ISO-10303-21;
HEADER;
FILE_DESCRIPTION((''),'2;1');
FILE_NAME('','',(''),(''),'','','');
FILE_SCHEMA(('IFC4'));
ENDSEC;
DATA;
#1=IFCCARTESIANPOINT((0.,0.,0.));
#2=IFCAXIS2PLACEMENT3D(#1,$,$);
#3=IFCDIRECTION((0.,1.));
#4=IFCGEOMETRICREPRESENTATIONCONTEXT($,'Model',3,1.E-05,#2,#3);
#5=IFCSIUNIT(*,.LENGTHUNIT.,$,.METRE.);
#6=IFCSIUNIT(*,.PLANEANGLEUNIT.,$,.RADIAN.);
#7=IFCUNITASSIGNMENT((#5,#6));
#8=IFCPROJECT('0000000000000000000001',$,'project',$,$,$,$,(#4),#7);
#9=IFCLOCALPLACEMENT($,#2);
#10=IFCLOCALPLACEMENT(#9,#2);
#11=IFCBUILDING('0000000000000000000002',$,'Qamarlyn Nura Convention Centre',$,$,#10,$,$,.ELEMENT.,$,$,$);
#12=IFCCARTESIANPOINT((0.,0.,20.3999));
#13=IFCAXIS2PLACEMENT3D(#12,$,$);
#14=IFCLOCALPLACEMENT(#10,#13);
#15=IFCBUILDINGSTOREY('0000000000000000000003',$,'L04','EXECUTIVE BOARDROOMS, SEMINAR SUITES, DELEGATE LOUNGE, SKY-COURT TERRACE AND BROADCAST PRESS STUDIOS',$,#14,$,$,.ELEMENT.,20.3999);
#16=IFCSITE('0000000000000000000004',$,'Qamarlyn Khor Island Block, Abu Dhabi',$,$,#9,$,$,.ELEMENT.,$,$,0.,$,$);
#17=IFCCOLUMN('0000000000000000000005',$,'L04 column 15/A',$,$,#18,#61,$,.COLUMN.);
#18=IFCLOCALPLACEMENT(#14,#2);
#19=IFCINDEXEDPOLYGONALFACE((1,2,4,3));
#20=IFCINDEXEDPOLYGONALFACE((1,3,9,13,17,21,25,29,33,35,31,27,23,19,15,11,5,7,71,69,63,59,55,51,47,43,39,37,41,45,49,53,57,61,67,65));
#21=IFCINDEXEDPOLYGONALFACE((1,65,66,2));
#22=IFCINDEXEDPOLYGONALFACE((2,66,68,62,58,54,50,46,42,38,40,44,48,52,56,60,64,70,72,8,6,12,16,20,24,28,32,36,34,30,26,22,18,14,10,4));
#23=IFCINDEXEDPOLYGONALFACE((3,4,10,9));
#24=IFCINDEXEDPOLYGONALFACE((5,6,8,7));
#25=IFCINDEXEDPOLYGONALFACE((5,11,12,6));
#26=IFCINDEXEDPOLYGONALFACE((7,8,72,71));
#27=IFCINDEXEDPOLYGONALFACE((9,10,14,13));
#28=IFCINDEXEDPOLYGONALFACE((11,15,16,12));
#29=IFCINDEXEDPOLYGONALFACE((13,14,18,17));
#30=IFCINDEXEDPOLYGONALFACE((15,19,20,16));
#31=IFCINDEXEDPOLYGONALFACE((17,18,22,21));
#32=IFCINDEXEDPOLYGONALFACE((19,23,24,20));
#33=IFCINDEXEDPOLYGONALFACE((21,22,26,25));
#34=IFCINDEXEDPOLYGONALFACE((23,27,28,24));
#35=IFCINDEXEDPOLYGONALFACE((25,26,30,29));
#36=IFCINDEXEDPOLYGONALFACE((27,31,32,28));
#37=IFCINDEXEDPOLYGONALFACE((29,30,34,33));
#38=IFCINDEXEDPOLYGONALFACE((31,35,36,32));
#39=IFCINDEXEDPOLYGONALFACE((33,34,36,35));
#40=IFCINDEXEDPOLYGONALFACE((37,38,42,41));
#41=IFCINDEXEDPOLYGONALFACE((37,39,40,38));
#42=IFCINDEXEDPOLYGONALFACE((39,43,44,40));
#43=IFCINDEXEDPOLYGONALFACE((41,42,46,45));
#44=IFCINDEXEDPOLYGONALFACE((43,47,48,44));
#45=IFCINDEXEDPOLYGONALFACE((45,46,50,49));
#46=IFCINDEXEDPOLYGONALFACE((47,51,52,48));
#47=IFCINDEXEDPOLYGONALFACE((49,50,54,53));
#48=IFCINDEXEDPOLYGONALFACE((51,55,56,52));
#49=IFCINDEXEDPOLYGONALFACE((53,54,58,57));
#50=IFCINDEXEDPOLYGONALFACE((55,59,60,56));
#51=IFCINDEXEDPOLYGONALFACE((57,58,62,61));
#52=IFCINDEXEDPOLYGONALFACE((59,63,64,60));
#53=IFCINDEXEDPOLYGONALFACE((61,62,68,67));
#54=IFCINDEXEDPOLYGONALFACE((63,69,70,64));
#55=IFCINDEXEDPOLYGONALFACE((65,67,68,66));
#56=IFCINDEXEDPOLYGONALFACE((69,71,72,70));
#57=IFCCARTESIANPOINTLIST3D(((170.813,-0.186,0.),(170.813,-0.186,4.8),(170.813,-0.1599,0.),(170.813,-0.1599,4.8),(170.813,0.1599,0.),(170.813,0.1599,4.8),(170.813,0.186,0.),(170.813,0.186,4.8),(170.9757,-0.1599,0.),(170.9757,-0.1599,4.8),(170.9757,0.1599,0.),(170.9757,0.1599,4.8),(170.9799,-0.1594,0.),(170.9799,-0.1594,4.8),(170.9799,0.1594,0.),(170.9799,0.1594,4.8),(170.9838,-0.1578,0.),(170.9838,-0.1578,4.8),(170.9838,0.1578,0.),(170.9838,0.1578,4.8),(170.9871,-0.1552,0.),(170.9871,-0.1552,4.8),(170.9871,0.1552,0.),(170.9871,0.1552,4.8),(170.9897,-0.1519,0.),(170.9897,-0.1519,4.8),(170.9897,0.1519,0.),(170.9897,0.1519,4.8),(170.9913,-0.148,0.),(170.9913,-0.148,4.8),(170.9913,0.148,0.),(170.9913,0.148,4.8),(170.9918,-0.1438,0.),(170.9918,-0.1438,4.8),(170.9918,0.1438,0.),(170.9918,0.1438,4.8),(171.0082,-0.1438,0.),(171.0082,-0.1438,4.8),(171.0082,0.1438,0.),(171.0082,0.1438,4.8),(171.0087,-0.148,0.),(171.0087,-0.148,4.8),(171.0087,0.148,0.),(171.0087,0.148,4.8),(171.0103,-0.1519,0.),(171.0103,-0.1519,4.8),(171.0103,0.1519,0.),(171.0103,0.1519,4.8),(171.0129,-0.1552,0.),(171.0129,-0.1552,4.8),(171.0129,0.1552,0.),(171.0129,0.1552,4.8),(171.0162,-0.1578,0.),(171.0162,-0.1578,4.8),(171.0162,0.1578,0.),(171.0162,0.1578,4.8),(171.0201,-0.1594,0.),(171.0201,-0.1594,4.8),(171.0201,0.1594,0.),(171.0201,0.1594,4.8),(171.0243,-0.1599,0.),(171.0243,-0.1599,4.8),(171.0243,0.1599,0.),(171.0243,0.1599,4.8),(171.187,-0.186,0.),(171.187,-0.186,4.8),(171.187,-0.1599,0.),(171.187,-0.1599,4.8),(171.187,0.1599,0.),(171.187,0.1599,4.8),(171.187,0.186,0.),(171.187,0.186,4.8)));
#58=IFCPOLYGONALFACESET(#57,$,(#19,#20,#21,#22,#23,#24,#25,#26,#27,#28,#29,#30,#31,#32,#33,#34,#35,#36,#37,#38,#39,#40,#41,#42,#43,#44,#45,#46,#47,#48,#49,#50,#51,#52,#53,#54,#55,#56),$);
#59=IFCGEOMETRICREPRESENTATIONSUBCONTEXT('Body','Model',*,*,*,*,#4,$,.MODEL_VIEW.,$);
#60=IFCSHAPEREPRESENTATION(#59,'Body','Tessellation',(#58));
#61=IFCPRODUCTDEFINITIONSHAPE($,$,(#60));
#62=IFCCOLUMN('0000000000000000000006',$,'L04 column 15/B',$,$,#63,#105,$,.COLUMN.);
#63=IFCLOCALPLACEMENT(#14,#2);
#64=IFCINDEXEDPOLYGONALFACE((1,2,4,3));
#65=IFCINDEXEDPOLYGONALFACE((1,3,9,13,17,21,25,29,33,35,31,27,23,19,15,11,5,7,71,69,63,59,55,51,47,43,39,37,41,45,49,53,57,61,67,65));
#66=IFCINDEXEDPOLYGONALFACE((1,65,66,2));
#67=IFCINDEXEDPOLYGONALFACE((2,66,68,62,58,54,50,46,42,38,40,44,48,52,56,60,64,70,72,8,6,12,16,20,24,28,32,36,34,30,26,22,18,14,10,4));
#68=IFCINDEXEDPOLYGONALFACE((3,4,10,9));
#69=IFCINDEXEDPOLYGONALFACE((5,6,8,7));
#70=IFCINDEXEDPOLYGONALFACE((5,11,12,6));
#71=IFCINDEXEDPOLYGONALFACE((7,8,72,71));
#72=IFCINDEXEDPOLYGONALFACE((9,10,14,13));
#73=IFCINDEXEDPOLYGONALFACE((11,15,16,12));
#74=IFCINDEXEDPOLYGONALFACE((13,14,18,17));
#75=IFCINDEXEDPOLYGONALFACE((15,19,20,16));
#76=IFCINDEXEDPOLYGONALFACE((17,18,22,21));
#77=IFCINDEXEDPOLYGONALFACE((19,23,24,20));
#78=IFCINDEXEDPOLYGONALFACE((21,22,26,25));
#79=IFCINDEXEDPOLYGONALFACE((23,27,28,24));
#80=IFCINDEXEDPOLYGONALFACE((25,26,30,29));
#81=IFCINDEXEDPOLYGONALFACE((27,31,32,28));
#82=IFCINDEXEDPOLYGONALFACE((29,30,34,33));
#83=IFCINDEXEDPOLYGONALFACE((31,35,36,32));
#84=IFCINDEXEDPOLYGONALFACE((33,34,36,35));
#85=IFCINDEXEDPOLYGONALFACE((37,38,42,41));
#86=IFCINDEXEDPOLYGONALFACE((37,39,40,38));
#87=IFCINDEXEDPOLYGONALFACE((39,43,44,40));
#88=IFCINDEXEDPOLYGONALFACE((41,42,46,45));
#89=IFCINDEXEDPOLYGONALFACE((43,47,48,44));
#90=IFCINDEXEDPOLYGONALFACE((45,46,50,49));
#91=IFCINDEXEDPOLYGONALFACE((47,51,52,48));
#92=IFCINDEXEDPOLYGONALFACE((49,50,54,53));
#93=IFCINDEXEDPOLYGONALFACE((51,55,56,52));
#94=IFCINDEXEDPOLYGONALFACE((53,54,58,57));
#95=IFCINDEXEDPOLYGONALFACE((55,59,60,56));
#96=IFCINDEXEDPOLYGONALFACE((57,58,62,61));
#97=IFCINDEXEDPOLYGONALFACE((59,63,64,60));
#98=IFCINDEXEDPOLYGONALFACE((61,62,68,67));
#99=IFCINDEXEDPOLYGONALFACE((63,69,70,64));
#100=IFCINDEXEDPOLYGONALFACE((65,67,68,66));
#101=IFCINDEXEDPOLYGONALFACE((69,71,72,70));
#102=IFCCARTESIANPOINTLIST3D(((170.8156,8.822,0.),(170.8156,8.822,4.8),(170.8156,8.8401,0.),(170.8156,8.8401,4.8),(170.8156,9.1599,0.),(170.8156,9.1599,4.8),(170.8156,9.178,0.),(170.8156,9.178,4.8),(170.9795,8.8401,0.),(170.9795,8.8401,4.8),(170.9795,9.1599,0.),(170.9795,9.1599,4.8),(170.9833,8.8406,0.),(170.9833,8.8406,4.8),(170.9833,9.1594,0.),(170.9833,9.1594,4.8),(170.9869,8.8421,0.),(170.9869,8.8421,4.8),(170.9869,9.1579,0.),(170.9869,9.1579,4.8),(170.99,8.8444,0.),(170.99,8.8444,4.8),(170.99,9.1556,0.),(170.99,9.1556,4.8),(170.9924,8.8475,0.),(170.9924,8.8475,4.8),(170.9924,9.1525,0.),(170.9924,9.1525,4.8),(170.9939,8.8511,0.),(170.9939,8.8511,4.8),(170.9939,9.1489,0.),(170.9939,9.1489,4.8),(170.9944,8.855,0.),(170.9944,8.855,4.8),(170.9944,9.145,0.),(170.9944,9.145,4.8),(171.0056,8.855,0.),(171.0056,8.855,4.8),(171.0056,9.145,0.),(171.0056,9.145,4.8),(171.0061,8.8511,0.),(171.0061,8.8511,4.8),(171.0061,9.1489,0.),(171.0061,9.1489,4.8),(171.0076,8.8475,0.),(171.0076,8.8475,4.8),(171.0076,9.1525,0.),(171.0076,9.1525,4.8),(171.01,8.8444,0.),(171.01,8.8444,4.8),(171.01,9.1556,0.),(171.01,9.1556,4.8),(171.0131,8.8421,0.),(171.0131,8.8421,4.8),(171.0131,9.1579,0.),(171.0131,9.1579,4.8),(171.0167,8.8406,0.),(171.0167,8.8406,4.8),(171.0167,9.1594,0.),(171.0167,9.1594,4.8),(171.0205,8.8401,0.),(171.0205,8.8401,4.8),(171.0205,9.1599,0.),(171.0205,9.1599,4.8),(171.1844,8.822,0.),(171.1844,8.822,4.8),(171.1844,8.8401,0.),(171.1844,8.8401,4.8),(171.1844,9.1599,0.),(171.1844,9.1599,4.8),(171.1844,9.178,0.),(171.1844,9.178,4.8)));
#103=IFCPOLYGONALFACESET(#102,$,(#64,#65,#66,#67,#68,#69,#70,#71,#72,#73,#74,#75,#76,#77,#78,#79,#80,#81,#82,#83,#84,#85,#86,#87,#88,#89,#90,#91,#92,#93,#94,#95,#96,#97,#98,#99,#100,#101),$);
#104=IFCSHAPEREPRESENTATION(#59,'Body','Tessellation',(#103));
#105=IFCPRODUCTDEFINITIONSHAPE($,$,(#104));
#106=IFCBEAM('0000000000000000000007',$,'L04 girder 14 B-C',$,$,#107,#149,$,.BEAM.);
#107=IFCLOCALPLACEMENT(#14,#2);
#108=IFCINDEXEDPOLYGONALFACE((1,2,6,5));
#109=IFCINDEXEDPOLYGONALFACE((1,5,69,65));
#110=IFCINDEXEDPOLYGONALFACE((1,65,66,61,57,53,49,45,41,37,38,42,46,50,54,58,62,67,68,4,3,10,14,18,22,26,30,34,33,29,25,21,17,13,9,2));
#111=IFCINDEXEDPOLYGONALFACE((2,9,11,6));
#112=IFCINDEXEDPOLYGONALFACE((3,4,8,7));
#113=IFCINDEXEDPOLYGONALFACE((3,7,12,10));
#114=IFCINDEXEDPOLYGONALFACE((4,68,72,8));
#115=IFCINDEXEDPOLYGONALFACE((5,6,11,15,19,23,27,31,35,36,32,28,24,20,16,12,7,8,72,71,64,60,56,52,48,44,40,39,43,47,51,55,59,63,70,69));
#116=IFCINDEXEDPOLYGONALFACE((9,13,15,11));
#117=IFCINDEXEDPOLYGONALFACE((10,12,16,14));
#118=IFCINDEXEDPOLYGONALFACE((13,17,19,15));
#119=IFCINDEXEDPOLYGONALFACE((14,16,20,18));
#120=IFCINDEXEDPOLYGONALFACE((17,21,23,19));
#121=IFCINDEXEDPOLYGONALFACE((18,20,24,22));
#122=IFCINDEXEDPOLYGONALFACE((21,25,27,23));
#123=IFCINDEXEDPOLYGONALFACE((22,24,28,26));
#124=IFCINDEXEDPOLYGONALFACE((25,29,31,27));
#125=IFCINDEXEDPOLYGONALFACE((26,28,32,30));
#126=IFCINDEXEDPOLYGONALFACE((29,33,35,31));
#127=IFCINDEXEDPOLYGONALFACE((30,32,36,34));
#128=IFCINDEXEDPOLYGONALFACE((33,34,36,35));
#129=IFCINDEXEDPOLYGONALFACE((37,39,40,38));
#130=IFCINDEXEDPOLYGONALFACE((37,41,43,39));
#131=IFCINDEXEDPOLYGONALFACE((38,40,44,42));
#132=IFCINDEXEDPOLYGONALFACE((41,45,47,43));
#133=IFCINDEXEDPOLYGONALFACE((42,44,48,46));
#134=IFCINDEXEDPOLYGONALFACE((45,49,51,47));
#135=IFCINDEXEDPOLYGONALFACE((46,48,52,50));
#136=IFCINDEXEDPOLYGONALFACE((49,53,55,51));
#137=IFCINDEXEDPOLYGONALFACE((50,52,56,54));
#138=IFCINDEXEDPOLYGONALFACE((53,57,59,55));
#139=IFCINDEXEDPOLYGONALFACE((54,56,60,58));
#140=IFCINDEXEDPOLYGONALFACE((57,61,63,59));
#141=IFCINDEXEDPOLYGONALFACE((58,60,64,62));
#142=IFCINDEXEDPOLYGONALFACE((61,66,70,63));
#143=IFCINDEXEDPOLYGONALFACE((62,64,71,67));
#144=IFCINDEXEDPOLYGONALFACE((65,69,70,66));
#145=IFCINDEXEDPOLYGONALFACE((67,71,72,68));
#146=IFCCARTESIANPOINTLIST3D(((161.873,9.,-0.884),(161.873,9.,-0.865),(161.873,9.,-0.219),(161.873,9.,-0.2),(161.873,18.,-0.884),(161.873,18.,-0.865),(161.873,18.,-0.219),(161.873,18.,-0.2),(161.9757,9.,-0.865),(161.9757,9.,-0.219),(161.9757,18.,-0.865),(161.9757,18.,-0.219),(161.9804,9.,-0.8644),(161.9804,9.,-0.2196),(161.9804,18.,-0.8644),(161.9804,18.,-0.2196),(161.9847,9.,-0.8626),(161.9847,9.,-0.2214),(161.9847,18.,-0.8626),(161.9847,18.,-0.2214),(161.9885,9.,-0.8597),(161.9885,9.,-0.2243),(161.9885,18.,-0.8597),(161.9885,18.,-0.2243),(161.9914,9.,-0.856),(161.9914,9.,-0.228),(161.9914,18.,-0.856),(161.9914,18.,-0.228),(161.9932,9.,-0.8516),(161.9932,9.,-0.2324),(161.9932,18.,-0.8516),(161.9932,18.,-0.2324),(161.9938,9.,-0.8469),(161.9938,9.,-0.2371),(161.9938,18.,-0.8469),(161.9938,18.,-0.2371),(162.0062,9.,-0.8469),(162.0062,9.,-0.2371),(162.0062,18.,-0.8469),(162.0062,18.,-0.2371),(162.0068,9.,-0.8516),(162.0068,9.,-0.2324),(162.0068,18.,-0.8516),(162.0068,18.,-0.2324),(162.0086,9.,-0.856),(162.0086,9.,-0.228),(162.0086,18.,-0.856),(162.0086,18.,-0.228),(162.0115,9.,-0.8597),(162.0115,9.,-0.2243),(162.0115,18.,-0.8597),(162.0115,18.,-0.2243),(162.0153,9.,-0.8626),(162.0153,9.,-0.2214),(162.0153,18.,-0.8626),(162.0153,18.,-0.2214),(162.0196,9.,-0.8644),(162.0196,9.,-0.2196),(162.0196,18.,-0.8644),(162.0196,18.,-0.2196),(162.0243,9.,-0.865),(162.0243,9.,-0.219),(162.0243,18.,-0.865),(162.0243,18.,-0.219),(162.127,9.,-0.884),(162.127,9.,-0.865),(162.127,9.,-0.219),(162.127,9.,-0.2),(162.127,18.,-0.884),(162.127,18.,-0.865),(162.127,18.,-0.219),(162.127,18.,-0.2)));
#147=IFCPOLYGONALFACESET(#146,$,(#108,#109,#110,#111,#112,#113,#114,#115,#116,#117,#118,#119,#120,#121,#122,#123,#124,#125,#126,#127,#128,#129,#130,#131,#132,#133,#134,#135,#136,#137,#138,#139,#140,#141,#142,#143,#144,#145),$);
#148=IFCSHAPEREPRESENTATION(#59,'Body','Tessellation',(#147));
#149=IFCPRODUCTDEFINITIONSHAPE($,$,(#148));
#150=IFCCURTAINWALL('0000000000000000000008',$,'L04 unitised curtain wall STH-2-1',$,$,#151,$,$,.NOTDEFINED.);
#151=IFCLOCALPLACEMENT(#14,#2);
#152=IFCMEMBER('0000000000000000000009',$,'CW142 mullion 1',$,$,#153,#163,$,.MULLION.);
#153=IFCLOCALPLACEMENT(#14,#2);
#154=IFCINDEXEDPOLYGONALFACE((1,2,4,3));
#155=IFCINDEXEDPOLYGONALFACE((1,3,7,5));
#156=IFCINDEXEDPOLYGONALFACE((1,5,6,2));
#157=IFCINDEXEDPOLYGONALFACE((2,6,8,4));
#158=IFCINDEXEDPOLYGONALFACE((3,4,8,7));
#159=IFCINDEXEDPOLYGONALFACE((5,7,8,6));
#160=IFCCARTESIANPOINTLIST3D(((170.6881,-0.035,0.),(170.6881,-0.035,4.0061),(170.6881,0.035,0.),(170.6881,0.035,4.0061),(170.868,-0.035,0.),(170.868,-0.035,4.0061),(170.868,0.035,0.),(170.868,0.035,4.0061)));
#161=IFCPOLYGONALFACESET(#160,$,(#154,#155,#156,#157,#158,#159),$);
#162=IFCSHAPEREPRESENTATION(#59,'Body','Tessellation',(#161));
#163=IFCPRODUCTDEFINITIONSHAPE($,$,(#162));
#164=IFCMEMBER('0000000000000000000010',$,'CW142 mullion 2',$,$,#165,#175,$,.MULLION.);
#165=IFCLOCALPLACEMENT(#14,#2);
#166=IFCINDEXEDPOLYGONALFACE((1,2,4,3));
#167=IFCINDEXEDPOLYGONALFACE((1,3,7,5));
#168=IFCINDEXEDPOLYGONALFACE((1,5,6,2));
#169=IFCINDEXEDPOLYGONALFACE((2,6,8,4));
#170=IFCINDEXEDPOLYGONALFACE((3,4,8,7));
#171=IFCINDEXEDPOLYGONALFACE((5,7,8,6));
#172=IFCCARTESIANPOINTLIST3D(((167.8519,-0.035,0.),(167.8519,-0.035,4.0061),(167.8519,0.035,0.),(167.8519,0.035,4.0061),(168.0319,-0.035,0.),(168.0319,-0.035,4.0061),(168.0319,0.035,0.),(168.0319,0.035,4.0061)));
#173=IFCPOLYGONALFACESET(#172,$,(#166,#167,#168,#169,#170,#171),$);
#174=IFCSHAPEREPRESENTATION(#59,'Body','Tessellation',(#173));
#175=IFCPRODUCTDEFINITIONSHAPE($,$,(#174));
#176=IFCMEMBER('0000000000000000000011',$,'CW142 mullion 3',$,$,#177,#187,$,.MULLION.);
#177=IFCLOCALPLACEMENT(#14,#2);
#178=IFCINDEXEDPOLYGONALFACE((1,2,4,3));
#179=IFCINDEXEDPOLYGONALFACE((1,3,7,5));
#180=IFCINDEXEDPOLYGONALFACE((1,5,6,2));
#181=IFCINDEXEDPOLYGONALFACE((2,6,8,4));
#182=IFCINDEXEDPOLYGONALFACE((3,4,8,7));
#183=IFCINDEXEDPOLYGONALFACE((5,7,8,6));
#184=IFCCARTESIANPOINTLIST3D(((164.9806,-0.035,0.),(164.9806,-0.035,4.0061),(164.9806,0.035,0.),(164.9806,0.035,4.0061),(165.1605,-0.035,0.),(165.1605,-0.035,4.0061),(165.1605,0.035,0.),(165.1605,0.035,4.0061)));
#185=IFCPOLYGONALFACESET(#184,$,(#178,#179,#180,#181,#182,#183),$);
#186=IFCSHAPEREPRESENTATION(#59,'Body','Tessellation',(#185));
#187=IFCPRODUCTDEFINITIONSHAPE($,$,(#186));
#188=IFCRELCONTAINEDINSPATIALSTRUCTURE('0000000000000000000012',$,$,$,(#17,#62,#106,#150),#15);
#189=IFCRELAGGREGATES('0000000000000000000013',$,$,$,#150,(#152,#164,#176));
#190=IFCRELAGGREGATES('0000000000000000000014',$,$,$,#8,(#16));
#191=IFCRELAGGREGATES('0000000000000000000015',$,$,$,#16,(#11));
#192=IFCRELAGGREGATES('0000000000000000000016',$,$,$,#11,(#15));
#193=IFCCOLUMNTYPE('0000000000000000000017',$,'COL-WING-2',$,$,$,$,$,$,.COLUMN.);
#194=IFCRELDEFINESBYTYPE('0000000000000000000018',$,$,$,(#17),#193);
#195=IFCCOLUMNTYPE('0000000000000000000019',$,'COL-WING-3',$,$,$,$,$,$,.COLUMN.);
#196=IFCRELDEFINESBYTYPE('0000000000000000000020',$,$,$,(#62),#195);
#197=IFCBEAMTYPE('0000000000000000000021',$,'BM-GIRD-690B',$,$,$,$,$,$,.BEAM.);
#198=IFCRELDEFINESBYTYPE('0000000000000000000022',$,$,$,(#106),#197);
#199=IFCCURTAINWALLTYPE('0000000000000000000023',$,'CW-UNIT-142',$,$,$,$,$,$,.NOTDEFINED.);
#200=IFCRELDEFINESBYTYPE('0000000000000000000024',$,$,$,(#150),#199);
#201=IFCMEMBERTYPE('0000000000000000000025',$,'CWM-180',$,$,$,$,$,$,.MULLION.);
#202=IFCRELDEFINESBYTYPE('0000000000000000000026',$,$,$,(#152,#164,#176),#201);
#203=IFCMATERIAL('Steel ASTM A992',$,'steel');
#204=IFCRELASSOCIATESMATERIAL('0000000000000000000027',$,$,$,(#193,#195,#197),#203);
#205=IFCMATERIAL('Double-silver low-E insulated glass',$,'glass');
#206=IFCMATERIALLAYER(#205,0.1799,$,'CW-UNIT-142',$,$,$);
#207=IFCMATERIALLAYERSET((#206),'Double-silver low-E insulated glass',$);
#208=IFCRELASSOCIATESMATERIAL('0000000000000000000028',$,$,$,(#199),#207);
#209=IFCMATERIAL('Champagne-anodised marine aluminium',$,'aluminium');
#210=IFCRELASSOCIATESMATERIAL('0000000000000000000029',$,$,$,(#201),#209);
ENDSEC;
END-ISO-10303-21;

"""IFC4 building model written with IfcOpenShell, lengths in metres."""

from ifc_helpers import new_model, si_unit, direction, frame, origin, origin_2d, place, context, subcontext, project, spatial, rectangle, i_section, extrude, material, layer, layer_set, material_profile, profile_set, type_object, element, aggregate, save


model = new_model("IFC4")

# Units and contexts
model_context = context("Model", 3, precision=1e-05, world=origin(), true_north=direction((0.0, 1.0)))
body_context = subcontext(model_context, "Body", "Model", "MODEL_VIEW")
ifc_project = project(units=[si_unit("LENGTHUNIT", "METRE"), si_unit("PLANEANGLEUNIT", "RADIAN")], contexts=[model_context])

# Site, building, storey
site_placement = place(None, origin())
site = spatial("IfcSite", under=ifc_project, at=site_placement, Name="Qamarlyn Khor Island Block, Abu Dhabi", CompositionType="ELEMENT", RefElevation=0.0)
building_placement = place(site_placement, origin())
building = spatial("IfcBuilding", under=site, at=building_placement, Name="Qamarlyn Nura Convention Centre", CompositionType="ELEMENT")
storey_placement = place(building_placement, frame((0.0, 0.0, 20.3999)))
storey = spatial("IfcBuildingStorey", under=building, at=storey_placement, Name="L04", Description="EXECUTIVE BOARDROOMS, SEMINAR SUITES, DELEGATE LOUNGE, SKY-COURT TERRACE AND BROADCAST PRESS STUDIOS", CompositionType="ELEMENT", Elevation=20.3999)

# Columns
ifc_material_1 = material(Name="Steel ASTM A992", Category="steel")
ifc_material_profile_1 = material_profile(ifc_material_1, i_section(OverallWidth=0.374, OverallDepth=0.3721, WebThickness=0.0164, FlangeThickness=0.0261, FilletRadius=0.0161, at=origin_2d()), Name="W360X196")
ifc_profile_set_1 = profile_set([ifc_material_profile_1], Name="Steel ASTM A992")
column_type_1 = type_object("IfcColumnType", Name="COL-WING-2", PredefinedType="COLUMN", material=ifc_profile_set_1)
column_1_placement = place(storey_placement, frame((171.0, 0.0, 0.0), z_axis=(0.0, 0.0, 1.0), x_axis=(1.0, 0.0, 0.0)))
element("IfcColumn", 1, at=column_1_placement, inside=storey, type_object=column_type_1, Name="L04 column 15/A", PredefinedType="COLUMN", context=body_context, shape_type="SweptSolid", body=[
    extrude(i_section(OverallWidth=0.374, OverallDepth=0.3721, WebThickness=0.0164, FlangeThickness=0.0261, FilletRadius=0.0161, at=origin_2d()), origin(), (0.0, 0.0, 1.0), 4.8),
])
ifc_material_profile_2 = material_profile(ifc_material_1, i_section(OverallWidth=0.3689, OverallDepth=0.356, WebThickness=0.0112, FlangeThickness=0.0181, FilletRadius=0.0149, at=origin_2d()), Name="W360X134")
ifc_profile_set_2 = profile_set([ifc_material_profile_2], Name="Steel ASTM A992")
column_type_2 = type_object("IfcColumnType", Name="COL-WING-3", PredefinedType="COLUMN", material=ifc_profile_set_2)
column_2_placement = place(storey_placement, frame((171.0, 9.0, 0.0), z_axis=(0.0, 0.0, 1.0), x_axis=(1.0, 0.0, 0.0)))
element("IfcColumn", 2, at=column_2_placement, inside=storey, type_object=column_type_2, Name="L04 column 15/B", PredefinedType="COLUMN", context=body_context, shape_type="SweptSolid", body=[
    extrude(i_section(OverallWidth=0.3689, OverallDepth=0.356, WebThickness=0.0112, FlangeThickness=0.0181, FilletRadius=0.0149, at=origin_2d()), origin(), (0.0, 0.0, 1.0), 4.8),
])

# Beam
ifc_material_profile_3 = material_profile(ifc_material_1, i_section(OverallWidth=0.2539, OverallDepth=0.6841, WebThickness=0.0125, FlangeThickness=0.019, FilletRadius=0.0181, at=origin_2d()), Name="W690X140")
ifc_profile_set_3 = profile_set([ifc_material_profile_3], Name="Steel ASTM A992")
beam_type = type_object("IfcBeamType", Name="BM-GIRD-690B", PredefinedType="BEAM", material=ifc_profile_set_3)
beam_placement = place(storey_placement, frame((162.0, 9.0, -0.542), z_axis=(0.0, 1.0, 0.0), x_axis=(-1.0, 0.0, 0.0)))
element("IfcBeam", 3, at=beam_placement, inside=storey, type_object=beam_type, Name="L04 girder 14 B-C", PredefinedType="BEAM", context=body_context, shape_type="SweptSolid", body=[
    extrude(i_section(OverallWidth=0.2539, OverallDepth=0.6841, WebThickness=0.0125, FlangeThickness=0.019, FilletRadius=0.0181, at=origin_2d()), origin(), (0.0, 0.0, 1.0), 9.0),
])

# Curtain wall, members
ifc_material_2 = material(Name="Double-silver low-E insulated glass", Category="glass")
ifc_layer_1 = layer(ifc_material_2, 0.1799, Name="CW-UNIT-142")
ifc_layer_set_1 = layer_set([ifc_layer_1], Name="Double-silver low-E insulated glass")
curtain_wall_type = type_object("IfcCurtainWallType", Name="CW-UNIT-142", PredefinedType="NOTDEFINED", material=ifc_layer_set_1)
curtain_wall_placement = place(storey_placement, origin())
curtain_wall = element("IfcCurtainWall", 4, at=curtain_wall_placement, inside=storey, type_object=curtain_wall_type, Name="L04 unitised curtain wall STH-2-1", PredefinedType="NOTDEFINED")
ifc_material_3 = material(Name="Champagne-anodised marine aluminium", Category="aluminium")
ifc_material_profile_4 = material_profile(ifc_material_3, rectangle(XDim=0.0701, YDim=0.1799, at=origin_2d()), Name="ALU MULLION 70x180")
ifc_profile_set_4 = profile_set([ifc_material_profile_4], Name="Champagne-anodised marine aluminium")
member_type_1 = type_object("IfcMemberType", Name="CWM-180", PredefinedType="MULLION", material=ifc_profile_set_4)
member_1_placement = place(storey_placement, frame((170.7781, 0.0, 0.0), z_axis=(0.0, 0.0, 1.0), x_axis=(0.0, -1.0, 0.0)))
member_1 = element("IfcMember", 5, at=member_1_placement, type_object=member_type_1, Name="CW142 mullion 1", PredefinedType="MULLION", context=body_context, shape_type="SweptSolid", body=[
    extrude(rectangle(XDim=0.0701, YDim=0.1799, at=origin_2d()), origin(), (0.0, 0.0, 1.0), 4.0061),
])
member_2_placement = place(storey_placement, frame((167.9419, 0.0, 0.0), z_axis=(0.0, 0.0, 1.0), x_axis=(0.0, -1.0, 0.0)))
member_2 = element("IfcMember", 6, at=member_2_placement, type_object=member_type_1, Name="CW142 mullion 2", PredefinedType="MULLION", context=body_context, shape_type="SweptSolid", body=[
    extrude(rectangle(XDim=0.0701, YDim=0.1799, at=origin_2d()), origin(), (0.0, 0.0, 1.0), 4.0061),
])
member_3_placement = place(storey_placement, frame((165.0706, 0.0, 0.0), z_axis=(0.0, 0.0, 1.0), x_axis=(0.0, -1.0, 0.0)))
member_3 = element("IfcMember", 7, at=member_3_placement, type_object=member_type_1, Name="CW142 mullion 3", PredefinedType="MULLION", context=body_context, shape_type="SweptSolid", body=[
    extrude(rectangle(XDim=0.0701, YDim=0.1799, at=origin_2d()), origin(), (0.0, 0.0, 1.0), 4.0061),
])
aggregate(curtain_wall, [member_1, member_2, member_3])

save(model, "model.ifc")
